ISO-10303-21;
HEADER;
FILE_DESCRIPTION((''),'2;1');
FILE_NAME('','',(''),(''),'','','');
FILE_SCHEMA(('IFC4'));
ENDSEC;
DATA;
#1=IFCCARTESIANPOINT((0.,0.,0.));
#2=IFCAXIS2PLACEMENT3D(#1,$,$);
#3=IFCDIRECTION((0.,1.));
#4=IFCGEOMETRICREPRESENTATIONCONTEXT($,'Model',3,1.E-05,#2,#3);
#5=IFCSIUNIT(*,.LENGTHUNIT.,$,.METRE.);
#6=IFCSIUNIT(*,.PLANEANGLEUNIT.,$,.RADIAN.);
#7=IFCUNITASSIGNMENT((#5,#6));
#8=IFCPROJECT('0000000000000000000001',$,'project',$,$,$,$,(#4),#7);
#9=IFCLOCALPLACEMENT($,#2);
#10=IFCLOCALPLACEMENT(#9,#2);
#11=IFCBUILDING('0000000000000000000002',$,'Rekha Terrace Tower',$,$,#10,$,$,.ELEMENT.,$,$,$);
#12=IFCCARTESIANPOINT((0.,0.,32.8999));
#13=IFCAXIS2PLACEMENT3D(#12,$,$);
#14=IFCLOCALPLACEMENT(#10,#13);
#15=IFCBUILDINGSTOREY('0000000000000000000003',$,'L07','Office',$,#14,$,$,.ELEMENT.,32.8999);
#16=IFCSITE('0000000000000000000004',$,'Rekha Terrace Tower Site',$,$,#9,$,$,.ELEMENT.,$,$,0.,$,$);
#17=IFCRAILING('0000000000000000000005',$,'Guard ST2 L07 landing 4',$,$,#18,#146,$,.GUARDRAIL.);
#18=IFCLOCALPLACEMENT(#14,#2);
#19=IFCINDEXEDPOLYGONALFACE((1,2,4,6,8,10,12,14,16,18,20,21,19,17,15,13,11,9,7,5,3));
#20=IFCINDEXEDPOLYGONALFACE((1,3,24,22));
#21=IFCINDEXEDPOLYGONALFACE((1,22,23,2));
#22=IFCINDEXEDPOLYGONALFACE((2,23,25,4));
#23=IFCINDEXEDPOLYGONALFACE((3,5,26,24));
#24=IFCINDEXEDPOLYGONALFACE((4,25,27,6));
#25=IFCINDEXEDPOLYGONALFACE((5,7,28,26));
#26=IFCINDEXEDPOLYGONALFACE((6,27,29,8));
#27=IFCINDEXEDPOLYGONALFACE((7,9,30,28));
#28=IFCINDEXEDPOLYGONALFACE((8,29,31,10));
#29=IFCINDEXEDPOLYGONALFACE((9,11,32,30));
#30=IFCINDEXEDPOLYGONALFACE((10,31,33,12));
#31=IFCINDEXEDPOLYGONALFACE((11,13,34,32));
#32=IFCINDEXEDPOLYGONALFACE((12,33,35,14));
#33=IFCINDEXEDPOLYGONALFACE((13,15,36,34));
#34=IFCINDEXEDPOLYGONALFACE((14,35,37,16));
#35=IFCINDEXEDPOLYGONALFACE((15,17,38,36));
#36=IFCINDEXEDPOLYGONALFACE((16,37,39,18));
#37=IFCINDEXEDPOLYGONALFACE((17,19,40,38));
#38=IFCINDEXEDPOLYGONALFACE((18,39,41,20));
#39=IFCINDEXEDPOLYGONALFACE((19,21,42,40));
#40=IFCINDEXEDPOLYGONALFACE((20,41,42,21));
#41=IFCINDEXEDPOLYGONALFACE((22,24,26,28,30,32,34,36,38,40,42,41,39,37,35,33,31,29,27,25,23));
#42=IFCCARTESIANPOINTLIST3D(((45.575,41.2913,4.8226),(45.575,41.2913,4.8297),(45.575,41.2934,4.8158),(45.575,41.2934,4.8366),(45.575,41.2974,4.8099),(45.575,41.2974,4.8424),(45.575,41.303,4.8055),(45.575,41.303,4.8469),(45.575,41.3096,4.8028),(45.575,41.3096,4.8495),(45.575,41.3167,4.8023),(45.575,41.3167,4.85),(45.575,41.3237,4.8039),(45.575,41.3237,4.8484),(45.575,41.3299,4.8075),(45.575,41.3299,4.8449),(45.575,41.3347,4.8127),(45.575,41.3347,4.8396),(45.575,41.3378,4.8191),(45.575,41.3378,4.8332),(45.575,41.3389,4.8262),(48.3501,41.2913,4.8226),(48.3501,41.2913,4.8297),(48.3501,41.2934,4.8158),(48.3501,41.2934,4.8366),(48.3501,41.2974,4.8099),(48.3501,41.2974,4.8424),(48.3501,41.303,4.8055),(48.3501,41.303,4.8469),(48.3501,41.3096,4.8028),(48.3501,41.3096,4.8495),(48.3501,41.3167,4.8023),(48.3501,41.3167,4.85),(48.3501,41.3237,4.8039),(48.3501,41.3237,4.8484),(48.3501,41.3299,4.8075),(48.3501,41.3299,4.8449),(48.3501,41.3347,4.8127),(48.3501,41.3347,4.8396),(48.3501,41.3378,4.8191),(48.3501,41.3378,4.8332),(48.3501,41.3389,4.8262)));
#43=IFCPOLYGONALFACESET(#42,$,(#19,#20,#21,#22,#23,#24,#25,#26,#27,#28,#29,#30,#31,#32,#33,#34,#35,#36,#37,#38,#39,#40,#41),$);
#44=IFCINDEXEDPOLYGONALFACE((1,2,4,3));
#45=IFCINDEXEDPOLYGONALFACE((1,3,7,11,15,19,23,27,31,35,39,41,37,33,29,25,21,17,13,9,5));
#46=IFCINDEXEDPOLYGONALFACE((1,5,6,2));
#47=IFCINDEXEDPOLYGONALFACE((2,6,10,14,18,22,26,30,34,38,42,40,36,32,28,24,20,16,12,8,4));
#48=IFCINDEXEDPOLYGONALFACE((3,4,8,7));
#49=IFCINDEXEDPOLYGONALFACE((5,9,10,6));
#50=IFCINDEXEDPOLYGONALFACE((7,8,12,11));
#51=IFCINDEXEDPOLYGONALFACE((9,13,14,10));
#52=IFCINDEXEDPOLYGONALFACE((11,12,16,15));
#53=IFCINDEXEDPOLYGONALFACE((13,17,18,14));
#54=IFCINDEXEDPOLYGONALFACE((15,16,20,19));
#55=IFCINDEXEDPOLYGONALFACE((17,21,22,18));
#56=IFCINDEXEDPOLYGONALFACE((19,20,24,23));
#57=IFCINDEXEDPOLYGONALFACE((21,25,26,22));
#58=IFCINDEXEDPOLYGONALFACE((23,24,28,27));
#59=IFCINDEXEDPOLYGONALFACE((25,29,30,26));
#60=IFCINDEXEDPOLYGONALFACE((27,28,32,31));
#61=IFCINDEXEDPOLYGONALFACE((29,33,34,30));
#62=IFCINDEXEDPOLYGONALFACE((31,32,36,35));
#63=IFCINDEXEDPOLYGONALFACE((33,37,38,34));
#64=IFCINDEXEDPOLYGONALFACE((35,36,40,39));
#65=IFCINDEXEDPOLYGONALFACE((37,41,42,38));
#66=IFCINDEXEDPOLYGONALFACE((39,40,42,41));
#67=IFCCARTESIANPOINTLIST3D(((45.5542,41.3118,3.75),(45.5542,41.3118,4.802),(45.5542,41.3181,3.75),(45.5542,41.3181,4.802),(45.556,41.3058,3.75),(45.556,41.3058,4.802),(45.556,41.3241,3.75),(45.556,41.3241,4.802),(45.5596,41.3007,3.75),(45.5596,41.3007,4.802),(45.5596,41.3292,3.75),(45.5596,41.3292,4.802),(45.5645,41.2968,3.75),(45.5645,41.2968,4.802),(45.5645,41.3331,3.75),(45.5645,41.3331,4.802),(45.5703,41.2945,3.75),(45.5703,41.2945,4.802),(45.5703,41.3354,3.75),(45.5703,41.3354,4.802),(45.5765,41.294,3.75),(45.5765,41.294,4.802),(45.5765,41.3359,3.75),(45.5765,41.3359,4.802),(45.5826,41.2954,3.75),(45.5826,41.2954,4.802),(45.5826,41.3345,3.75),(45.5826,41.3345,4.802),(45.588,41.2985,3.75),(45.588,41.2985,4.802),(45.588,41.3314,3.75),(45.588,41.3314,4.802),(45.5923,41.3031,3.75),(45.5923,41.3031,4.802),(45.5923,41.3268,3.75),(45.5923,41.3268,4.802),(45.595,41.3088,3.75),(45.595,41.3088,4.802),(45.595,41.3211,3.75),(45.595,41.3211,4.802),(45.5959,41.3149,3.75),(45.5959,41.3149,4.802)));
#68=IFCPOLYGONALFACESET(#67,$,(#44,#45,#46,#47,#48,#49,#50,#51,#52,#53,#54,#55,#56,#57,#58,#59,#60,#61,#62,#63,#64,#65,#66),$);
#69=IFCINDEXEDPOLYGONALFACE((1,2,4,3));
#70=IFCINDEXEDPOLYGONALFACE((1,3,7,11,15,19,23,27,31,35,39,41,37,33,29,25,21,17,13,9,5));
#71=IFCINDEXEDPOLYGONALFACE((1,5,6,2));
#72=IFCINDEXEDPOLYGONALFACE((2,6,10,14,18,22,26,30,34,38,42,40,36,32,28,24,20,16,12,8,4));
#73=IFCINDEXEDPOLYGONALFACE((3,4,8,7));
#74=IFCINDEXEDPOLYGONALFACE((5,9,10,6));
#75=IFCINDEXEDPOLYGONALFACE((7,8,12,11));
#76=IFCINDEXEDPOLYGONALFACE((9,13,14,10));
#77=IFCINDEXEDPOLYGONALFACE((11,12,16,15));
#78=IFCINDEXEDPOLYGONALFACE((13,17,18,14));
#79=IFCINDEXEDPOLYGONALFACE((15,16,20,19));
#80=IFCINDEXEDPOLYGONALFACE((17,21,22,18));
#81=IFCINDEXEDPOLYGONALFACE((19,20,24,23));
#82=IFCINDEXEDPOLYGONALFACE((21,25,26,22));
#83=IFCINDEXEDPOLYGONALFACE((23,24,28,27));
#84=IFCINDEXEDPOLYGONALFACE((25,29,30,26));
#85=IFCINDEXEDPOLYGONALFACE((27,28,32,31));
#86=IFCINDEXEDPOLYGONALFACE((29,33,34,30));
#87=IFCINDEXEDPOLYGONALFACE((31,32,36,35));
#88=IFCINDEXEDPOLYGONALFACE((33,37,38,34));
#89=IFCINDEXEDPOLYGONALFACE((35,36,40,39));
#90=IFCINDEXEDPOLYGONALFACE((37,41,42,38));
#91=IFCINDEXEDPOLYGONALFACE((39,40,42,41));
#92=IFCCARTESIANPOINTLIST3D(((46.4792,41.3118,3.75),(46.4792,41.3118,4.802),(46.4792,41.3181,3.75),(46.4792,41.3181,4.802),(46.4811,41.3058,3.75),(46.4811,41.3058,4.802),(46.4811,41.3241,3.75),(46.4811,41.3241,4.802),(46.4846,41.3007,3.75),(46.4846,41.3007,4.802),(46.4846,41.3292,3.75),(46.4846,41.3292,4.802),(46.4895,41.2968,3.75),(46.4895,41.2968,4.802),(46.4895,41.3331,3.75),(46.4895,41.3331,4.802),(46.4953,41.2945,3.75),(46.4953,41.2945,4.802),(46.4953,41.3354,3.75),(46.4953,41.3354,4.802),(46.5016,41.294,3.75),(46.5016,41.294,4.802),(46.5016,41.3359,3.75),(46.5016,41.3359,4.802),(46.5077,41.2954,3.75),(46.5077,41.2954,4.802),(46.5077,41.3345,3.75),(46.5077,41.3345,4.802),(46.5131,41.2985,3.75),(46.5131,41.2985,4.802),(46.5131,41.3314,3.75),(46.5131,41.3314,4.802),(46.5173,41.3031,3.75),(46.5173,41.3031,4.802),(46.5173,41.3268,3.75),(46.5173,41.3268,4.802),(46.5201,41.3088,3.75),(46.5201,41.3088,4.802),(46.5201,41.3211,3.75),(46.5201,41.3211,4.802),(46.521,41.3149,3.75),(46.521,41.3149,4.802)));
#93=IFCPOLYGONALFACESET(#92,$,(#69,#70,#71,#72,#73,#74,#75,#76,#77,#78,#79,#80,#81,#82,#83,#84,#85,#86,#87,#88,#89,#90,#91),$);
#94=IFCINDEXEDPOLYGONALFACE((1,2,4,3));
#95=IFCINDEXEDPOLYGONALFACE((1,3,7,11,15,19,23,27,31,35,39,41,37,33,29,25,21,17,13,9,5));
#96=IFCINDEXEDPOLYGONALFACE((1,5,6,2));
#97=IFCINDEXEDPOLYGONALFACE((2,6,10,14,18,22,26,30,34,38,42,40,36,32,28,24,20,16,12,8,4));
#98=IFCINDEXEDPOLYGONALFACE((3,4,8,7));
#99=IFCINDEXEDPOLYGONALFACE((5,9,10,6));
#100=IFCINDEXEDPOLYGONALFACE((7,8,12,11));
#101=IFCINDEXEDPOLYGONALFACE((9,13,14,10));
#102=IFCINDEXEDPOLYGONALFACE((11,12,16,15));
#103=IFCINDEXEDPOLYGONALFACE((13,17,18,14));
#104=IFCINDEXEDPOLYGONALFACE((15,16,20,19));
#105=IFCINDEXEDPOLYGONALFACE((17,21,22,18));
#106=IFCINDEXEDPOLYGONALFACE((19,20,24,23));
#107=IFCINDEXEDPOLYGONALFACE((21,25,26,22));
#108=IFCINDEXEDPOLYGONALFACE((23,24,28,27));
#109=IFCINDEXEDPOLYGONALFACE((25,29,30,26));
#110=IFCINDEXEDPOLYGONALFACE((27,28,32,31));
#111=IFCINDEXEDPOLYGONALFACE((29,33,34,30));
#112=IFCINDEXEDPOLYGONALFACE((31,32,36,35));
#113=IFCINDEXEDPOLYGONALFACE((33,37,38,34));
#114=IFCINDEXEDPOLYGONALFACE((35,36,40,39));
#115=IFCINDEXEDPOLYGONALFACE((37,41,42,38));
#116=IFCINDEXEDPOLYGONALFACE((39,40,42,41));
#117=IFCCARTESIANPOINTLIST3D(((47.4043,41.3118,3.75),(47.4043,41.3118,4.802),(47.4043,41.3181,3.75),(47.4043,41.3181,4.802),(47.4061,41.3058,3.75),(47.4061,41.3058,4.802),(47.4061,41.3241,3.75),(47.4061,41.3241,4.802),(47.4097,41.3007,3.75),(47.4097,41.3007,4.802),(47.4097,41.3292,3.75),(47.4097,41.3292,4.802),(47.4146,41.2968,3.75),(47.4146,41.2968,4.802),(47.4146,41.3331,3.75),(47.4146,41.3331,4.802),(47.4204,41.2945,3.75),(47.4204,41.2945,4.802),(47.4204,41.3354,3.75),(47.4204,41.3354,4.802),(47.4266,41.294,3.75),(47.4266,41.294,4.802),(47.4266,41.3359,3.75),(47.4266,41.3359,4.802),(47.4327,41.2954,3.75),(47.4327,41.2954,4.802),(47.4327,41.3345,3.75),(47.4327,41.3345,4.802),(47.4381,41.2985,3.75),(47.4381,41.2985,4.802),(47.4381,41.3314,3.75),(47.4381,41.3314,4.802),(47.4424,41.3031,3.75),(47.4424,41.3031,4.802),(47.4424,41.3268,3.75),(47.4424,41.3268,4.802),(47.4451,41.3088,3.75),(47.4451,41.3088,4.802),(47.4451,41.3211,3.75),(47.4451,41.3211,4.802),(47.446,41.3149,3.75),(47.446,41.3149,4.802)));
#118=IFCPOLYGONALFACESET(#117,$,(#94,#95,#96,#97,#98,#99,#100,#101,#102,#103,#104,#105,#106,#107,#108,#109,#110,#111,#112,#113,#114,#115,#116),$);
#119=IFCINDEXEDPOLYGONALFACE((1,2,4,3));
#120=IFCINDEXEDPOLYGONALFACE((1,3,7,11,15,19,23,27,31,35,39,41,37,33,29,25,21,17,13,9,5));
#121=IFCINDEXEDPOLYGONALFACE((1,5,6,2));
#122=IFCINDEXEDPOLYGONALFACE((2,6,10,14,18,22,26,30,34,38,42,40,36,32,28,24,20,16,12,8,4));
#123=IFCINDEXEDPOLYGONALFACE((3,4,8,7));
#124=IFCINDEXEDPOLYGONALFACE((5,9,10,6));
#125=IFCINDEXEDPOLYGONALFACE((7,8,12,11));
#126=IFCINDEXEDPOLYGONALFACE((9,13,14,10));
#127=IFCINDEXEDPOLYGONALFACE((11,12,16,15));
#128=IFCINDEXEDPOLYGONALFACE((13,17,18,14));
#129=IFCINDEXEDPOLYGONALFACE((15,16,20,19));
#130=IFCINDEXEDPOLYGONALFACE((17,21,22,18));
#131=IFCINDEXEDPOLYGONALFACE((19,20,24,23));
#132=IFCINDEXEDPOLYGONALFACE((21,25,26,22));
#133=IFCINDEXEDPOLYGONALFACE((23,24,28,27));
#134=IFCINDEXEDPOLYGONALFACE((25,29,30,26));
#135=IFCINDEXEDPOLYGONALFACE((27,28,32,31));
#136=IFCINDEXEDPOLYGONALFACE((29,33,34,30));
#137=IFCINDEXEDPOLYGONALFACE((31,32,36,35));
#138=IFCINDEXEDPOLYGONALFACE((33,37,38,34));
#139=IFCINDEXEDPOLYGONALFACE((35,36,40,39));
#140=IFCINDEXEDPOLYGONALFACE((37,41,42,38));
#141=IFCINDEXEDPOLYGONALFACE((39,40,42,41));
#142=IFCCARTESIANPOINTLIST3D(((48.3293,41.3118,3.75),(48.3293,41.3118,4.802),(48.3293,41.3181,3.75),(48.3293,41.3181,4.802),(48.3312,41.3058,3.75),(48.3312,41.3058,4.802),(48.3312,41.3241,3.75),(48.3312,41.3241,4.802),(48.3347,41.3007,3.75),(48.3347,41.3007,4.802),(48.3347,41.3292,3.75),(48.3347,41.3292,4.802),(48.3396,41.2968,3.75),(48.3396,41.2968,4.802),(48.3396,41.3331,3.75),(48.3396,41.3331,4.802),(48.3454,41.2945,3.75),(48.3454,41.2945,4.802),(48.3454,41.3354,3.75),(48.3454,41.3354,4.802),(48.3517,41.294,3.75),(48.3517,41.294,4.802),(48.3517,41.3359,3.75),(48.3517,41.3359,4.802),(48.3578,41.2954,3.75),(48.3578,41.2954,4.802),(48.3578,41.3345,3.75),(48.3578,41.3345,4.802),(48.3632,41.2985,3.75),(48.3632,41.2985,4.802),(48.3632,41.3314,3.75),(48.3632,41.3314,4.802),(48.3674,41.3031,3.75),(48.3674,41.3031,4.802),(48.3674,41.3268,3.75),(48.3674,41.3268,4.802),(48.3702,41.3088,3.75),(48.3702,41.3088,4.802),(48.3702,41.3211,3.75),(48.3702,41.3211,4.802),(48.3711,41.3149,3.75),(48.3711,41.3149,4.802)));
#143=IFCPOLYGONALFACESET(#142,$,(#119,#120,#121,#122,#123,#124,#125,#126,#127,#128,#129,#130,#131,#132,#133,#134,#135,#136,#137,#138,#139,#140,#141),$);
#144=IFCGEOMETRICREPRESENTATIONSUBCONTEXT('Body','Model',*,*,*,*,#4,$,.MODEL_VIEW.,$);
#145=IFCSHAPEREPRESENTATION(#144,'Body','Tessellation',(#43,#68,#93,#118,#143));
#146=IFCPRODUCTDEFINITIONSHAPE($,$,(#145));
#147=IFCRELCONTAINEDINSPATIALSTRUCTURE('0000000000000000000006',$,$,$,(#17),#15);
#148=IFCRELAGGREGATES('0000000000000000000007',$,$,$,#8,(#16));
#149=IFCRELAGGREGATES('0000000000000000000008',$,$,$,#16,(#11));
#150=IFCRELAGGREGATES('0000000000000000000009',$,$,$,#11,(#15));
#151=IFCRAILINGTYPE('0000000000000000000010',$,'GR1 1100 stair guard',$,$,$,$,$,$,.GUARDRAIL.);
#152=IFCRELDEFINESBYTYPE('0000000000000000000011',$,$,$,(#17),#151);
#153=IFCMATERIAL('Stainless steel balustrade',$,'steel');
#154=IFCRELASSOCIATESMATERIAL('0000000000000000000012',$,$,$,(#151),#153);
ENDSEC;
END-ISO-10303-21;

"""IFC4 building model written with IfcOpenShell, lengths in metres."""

from ifc_helpers import new_model, si_unit, direction, frame, origin, origin_2d, place, context, subcontext, project, spatial, circle, extrude, material, type_object, element, save


model = new_model("IFC4")

# Units and contexts
model_context = context("Model", 3, precision=1e-05, world=origin(), true_north=direction((0.0, 1.0)))
body_context = subcontext(model_context, "Body", "Model", "MODEL_VIEW")
ifc_project = project(units=[si_unit("LENGTHUNIT", "METRE"), si_unit("PLANEANGLEUNIT", "RADIAN")], contexts=[model_context])

# Site, building, storey
site_placement = place(None, origin())
site = spatial("IfcSite", under=ifc_project, at=site_placement, Name="Rekha Terrace Tower Site", CompositionType="ELEMENT", RefElevation=0.0)
building_placement = place(site_placement, origin())
building = spatial("IfcBuilding", under=site, at=building_placement, Name="Rekha Terrace Tower", CompositionType="ELEMENT")
storey_placement = place(building_placement, frame((0.0, 0.0, 32.8999)))
storey = spatial("IfcBuildingStorey", under=building, at=storey_placement, Name="L07", Description="Office", CompositionType="ELEMENT", Elevation=32.8999)

# Railing
ifc_material_1 = material(Name="Stainless steel balustrade", Category="steel")
railing_type_1 = type_object("IfcRailingType", Name="GR1 1100 stair guard", PredefinedType="GUARDRAIL", material=ifc_material_1)
railing_1_placement = place(storey_placement, frame((45.575, 41.3149, 3.75)))
element("IfcRailing", 1, at=railing_1_placement, inside=storey, type_object=railing_type_1, Name="Guard ST2 L07 landing 4", PredefinedType="GUARDRAIL", context=body_context, shape_type="SweptSolid", body=[
    extrude(circle(Radius=0.0239, at=origin_2d()), frame((0.0, 0.0, 1.0762), z_axis=(1.0, 0.0, 0.0), x_axis=(0.0, 1.0, 0.0)), (0.0, 0.0, 1.0), 2.7751),
    extrude(circle(Radius=0.021, at=origin_2d()), origin(), (0.0, 0.0, 1.0), 1.052),
    extrude(circle(Radius=0.021, at=origin_2d()), frame((0.925, 0.0, 0.0)), (0.0, 0.0, 1.0), 1.052),
    extrude(circle(Radius=0.021, at=origin_2d()), frame((1.8501, 0.0, 0.0)), (0.0, 0.0, 1.0), 1.052),
    extrude(circle(Radius=0.021, at=origin_2d()), frame((2.7751, 0.0, 0.0)), (0.0, 0.0, 1.0), 1.052),
])

save(model, "model.ifc")
